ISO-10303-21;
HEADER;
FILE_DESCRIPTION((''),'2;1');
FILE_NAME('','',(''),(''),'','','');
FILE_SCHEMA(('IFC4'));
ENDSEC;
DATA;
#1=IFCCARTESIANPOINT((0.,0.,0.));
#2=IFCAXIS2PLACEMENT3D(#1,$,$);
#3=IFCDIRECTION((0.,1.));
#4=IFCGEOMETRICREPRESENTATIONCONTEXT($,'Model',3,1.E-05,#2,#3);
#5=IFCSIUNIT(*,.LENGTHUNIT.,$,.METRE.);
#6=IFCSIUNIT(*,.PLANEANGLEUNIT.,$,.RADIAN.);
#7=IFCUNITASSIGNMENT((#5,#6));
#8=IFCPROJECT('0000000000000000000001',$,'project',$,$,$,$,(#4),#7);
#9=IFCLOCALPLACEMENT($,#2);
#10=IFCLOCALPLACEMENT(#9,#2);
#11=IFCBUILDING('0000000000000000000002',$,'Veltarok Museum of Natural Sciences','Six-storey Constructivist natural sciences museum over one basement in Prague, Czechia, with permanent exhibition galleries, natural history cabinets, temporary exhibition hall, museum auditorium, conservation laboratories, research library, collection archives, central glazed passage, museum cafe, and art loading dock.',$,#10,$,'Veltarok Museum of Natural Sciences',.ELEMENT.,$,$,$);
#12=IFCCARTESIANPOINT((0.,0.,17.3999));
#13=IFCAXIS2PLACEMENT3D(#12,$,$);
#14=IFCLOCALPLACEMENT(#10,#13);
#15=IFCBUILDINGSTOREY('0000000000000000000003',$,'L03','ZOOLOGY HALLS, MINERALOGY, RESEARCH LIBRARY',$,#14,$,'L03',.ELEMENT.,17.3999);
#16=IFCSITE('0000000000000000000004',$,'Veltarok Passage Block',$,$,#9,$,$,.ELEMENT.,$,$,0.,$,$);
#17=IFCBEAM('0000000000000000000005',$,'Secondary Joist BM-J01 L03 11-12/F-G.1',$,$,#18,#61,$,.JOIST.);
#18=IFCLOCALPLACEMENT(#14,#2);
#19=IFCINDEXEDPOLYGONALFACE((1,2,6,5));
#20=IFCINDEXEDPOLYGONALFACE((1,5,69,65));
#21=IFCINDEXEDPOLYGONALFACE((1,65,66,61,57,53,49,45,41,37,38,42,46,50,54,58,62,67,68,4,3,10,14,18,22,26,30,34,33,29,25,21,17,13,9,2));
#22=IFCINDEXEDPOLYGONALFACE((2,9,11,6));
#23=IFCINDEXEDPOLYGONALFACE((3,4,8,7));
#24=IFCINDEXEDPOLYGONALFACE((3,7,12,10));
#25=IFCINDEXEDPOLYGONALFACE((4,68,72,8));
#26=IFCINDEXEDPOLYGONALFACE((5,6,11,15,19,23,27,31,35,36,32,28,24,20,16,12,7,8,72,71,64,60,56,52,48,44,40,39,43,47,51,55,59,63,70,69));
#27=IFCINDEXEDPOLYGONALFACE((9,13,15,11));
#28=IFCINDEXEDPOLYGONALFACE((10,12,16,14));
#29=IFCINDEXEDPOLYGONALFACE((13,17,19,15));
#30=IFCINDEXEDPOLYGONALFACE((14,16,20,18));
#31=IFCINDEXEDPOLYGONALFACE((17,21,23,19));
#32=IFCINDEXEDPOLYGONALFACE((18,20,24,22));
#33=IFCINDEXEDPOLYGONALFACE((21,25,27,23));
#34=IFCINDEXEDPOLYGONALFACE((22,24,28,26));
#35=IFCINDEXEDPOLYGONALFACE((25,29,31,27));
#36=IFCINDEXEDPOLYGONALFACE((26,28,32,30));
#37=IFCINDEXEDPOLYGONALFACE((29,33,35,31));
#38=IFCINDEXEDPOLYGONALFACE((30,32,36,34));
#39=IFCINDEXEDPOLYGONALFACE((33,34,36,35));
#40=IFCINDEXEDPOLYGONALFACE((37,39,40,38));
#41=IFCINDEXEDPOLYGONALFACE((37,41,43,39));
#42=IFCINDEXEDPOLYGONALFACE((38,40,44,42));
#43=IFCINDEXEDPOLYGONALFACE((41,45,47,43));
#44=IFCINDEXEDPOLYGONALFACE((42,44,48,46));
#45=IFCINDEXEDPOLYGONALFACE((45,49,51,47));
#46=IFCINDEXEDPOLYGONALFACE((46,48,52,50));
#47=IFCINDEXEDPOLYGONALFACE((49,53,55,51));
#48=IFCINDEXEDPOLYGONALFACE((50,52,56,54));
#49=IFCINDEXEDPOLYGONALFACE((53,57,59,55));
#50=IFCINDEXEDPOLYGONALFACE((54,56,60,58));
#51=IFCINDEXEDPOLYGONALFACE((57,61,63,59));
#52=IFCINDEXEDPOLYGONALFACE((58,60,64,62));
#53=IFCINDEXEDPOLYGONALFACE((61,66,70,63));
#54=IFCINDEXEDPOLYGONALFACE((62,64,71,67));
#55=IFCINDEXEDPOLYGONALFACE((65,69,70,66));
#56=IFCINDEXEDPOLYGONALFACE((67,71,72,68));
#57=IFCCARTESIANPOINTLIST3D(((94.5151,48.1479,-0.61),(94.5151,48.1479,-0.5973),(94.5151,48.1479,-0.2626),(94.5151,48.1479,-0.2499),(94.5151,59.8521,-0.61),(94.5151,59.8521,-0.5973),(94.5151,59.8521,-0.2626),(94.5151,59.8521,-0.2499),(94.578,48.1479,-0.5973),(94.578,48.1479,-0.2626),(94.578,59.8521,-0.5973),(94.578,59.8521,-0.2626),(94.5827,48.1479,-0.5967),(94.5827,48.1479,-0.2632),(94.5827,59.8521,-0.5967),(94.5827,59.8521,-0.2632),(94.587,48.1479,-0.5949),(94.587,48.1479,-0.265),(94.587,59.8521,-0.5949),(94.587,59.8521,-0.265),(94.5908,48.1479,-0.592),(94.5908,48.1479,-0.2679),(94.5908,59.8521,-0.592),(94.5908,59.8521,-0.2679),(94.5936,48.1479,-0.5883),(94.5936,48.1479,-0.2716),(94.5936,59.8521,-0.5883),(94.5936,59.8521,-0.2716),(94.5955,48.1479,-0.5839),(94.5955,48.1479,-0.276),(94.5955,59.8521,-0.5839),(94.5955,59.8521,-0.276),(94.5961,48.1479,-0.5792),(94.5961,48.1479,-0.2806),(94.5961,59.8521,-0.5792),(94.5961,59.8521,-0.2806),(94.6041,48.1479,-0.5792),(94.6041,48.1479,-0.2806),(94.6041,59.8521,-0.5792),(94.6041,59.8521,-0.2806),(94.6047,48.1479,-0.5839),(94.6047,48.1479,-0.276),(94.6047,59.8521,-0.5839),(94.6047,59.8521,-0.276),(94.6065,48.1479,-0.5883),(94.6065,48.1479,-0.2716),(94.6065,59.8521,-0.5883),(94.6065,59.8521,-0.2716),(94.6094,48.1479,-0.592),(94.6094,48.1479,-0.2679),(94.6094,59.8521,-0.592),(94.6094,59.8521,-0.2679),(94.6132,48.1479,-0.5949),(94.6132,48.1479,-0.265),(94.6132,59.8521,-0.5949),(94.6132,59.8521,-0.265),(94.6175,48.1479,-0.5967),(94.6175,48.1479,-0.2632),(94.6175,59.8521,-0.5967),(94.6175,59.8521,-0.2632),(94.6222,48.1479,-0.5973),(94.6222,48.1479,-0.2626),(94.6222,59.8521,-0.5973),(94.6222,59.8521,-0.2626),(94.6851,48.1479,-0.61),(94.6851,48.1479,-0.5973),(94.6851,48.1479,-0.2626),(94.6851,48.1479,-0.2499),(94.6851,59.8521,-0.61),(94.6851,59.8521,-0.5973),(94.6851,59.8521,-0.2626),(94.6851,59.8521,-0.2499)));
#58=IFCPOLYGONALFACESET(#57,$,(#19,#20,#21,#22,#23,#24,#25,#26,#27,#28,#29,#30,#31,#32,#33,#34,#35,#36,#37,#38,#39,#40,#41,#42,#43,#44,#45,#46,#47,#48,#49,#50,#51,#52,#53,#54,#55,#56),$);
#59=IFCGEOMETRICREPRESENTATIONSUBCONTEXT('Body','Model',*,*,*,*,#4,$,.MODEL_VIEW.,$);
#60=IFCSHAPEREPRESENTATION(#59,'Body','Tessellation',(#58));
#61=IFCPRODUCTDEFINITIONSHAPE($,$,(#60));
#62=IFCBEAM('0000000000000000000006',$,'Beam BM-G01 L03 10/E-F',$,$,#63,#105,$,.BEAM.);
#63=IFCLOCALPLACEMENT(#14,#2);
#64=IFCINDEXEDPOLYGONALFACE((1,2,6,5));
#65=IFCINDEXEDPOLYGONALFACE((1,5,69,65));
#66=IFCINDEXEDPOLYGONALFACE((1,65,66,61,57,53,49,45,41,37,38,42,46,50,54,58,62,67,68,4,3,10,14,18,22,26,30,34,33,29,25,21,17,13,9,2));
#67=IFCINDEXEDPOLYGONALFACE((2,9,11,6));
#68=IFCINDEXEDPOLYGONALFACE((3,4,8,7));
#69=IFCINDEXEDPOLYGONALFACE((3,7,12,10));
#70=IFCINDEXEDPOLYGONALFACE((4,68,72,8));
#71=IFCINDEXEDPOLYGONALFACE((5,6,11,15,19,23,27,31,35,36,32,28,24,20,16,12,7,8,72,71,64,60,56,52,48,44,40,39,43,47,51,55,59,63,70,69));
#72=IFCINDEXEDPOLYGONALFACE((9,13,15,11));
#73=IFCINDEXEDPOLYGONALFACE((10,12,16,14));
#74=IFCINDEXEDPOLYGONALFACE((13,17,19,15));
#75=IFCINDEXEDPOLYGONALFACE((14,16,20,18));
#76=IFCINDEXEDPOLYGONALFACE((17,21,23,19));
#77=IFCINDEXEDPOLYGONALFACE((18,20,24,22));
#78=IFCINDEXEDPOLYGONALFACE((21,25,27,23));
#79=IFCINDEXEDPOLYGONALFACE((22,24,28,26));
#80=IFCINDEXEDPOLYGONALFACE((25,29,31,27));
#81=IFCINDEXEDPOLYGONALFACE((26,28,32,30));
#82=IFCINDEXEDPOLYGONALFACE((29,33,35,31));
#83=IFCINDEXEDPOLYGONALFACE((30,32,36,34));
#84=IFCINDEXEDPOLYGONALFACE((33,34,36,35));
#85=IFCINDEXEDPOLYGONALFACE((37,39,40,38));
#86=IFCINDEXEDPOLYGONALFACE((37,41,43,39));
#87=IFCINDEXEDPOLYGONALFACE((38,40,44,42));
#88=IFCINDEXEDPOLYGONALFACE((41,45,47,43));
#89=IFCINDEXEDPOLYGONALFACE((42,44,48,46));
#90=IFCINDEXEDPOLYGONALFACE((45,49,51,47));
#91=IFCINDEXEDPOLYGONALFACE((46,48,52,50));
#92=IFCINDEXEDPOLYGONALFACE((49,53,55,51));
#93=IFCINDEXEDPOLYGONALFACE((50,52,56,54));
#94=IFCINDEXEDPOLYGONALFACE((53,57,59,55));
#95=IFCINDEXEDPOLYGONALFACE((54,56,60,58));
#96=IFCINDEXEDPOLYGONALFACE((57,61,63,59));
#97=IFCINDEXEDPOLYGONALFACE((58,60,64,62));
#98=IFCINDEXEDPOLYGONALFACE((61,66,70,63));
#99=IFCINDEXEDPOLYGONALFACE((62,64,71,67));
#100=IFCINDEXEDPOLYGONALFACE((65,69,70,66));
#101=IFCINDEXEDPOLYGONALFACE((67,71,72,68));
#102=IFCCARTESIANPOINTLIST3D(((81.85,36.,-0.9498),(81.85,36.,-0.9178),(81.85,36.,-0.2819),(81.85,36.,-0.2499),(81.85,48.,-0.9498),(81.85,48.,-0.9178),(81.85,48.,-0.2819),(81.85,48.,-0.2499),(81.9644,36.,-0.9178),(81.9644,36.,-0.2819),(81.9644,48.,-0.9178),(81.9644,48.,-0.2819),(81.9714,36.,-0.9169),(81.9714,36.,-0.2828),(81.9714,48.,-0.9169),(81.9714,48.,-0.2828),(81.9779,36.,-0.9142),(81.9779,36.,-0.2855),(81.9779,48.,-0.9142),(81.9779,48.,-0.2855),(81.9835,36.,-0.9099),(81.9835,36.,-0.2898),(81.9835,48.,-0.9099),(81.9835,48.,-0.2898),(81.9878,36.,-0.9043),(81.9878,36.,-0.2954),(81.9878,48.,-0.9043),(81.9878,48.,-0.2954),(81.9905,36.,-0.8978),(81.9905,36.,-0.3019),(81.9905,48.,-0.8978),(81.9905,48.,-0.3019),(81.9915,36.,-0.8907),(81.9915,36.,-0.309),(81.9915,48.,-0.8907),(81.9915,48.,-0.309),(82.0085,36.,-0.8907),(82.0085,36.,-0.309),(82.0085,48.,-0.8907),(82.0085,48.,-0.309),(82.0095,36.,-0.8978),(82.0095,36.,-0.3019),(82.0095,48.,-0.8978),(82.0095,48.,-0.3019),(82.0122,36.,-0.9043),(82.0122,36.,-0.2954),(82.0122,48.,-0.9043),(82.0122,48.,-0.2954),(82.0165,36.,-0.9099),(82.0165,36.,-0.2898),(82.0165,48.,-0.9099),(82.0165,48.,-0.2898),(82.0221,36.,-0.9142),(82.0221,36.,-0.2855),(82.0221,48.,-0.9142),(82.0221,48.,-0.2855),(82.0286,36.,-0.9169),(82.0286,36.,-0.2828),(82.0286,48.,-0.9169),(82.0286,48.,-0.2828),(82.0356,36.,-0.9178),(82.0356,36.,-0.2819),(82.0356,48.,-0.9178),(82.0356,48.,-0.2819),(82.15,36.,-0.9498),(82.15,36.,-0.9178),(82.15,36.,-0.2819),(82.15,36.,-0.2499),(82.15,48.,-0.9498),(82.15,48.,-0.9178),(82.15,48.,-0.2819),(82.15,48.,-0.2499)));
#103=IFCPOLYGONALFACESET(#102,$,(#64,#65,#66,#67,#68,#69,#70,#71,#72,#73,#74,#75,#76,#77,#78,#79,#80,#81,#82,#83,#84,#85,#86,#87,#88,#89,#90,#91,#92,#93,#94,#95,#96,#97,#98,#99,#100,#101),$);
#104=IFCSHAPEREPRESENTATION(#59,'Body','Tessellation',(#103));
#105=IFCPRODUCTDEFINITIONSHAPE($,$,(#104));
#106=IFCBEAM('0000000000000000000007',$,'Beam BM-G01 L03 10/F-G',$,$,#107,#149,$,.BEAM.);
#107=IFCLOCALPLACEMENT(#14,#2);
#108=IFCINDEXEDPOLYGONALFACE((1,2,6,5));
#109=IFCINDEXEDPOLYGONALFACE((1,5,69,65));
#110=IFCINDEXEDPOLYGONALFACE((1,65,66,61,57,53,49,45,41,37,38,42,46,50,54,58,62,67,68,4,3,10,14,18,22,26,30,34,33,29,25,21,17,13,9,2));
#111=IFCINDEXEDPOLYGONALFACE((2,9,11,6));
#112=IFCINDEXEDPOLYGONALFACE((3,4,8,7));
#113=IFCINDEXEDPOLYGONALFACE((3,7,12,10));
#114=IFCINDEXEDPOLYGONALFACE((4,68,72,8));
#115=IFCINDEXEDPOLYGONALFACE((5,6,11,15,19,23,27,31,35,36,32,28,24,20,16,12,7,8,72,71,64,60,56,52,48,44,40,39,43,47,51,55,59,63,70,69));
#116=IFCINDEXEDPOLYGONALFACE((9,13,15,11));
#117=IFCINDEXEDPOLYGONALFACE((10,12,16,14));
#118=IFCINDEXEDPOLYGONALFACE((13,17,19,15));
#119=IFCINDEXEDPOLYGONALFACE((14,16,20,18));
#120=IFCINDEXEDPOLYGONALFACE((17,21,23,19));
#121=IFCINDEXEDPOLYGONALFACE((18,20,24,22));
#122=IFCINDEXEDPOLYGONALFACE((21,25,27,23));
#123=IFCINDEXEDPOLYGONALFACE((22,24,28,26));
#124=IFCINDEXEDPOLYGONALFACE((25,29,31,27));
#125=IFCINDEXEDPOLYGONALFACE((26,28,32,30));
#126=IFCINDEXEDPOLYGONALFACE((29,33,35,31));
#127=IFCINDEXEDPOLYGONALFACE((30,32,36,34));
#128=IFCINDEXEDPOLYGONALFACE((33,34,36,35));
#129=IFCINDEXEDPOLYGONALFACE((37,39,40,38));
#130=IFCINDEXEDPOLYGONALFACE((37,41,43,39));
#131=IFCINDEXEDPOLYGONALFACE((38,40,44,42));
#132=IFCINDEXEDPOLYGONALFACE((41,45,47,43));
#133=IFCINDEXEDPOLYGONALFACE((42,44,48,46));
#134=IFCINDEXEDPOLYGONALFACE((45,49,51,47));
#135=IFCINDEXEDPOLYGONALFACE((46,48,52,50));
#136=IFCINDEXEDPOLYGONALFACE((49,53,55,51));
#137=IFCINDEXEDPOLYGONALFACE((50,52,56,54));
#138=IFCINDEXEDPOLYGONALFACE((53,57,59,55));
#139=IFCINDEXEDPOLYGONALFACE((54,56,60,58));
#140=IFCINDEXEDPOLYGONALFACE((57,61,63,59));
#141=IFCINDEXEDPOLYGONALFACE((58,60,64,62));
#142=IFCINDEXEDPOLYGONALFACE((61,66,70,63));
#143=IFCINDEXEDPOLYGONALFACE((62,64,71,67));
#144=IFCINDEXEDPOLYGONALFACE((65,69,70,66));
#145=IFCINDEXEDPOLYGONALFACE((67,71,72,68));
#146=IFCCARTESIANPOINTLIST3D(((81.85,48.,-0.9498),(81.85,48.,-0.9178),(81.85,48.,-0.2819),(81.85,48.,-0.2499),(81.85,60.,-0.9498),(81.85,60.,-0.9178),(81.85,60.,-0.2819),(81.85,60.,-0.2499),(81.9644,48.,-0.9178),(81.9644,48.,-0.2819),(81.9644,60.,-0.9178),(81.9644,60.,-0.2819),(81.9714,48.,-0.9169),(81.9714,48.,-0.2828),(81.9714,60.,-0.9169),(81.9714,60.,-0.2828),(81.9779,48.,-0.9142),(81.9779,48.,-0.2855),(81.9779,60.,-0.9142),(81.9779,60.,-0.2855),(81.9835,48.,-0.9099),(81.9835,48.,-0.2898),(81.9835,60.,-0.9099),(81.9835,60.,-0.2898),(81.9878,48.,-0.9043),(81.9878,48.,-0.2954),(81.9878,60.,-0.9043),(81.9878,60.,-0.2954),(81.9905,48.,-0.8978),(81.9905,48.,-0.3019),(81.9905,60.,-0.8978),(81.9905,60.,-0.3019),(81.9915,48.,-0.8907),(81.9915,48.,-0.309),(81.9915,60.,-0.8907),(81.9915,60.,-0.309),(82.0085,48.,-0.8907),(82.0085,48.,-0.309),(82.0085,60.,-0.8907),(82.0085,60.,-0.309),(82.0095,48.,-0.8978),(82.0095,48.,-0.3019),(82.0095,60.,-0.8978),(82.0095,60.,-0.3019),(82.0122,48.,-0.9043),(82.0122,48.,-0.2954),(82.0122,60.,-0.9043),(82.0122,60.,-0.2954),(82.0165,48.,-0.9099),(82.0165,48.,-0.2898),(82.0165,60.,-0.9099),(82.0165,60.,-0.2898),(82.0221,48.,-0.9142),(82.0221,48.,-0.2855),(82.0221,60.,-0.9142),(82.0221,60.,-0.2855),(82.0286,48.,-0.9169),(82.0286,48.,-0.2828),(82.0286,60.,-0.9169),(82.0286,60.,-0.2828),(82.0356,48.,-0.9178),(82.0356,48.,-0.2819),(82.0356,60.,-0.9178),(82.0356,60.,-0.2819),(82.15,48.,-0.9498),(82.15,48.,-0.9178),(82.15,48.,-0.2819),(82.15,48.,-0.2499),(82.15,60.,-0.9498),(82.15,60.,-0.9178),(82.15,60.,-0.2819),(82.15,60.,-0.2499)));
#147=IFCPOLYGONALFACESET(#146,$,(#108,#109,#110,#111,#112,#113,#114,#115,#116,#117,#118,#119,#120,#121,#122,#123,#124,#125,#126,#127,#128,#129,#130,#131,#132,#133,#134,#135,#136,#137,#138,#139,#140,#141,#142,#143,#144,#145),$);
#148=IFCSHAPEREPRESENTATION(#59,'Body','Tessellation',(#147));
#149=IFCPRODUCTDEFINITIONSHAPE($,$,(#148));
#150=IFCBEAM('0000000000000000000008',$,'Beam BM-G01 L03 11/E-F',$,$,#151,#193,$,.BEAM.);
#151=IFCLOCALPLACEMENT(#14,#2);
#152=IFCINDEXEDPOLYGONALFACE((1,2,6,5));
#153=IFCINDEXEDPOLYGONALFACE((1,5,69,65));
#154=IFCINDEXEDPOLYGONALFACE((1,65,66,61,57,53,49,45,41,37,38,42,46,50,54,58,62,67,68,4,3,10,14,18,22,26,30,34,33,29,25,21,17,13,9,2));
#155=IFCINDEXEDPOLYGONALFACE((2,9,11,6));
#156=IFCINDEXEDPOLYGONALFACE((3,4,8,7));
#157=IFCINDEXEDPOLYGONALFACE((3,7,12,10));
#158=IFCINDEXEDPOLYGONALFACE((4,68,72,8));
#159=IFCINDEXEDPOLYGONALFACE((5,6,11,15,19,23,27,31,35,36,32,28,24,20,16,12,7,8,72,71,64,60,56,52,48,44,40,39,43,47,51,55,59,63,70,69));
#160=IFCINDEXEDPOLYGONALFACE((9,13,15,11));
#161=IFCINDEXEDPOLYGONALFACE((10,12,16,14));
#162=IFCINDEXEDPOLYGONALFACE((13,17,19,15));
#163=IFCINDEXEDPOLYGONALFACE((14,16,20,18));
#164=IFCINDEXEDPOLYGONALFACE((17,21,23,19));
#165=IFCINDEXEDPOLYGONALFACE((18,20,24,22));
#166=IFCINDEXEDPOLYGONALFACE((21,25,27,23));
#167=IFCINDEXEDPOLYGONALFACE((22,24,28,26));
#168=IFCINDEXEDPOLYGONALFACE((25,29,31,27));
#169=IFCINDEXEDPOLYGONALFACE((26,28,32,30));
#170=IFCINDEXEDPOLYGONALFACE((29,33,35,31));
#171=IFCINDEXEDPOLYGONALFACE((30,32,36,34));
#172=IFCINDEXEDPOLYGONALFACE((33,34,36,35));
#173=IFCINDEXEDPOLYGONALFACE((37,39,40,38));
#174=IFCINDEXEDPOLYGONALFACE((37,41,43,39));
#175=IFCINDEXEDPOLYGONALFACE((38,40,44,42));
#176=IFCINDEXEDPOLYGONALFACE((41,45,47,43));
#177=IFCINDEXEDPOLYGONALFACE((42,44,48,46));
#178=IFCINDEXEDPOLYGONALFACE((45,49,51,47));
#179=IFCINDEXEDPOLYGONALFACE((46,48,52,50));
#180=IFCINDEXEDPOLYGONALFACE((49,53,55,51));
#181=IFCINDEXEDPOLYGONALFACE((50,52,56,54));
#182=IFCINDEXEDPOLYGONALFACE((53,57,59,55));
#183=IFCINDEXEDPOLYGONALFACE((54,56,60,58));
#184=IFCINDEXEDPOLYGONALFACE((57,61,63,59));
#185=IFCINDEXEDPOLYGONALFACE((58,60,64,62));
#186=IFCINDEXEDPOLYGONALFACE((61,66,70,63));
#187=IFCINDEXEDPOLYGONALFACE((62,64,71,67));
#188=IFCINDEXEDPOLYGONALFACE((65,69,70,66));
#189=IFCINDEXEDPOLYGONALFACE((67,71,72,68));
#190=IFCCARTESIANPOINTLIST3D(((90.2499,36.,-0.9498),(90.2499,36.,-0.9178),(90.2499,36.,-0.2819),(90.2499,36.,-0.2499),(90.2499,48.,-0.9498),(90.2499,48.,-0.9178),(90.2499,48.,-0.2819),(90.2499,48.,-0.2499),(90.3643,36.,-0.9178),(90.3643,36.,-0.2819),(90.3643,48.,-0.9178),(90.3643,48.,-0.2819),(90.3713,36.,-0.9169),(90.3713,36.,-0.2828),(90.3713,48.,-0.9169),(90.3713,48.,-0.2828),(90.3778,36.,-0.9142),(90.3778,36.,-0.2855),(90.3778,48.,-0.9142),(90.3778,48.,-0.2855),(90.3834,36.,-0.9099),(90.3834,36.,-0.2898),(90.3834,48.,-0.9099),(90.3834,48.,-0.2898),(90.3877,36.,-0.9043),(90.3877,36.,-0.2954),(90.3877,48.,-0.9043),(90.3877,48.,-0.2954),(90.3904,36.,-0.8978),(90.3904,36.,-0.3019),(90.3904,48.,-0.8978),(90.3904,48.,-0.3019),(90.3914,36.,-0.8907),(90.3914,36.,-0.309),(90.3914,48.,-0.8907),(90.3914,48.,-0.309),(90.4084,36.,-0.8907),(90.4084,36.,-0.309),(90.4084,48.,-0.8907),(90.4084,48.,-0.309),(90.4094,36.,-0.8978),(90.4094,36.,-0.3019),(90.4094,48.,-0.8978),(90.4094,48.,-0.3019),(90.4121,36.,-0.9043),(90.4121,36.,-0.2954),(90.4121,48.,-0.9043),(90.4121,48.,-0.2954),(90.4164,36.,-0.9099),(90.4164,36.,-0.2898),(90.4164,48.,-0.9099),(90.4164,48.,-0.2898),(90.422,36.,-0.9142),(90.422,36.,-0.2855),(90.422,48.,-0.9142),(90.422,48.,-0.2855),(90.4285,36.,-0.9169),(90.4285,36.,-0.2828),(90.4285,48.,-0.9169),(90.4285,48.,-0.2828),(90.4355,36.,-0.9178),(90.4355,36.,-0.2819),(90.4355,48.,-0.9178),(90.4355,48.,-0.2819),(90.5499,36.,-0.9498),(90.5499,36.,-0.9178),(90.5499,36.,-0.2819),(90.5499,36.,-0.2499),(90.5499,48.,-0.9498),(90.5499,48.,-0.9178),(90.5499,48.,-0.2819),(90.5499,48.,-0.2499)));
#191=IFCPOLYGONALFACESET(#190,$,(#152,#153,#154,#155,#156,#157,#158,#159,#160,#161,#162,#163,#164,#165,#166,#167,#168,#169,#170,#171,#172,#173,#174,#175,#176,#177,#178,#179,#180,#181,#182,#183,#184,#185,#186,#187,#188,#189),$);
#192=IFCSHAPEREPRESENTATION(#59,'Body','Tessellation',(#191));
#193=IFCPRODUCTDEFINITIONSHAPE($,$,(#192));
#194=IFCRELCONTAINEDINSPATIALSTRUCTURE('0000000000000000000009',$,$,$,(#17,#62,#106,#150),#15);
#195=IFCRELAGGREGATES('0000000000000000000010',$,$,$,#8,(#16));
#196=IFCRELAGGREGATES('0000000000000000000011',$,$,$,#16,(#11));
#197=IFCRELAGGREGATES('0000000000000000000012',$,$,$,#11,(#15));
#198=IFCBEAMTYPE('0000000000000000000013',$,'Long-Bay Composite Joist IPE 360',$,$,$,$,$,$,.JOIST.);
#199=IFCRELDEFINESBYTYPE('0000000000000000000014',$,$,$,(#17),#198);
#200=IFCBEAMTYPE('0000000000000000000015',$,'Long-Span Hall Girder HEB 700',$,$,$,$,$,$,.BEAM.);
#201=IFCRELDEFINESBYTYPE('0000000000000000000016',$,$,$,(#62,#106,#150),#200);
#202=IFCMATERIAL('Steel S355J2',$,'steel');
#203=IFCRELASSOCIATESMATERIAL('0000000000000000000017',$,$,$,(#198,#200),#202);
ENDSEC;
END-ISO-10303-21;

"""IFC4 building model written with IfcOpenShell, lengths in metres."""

from ifc_helpers import new_model, si_unit, direction, frame, origin, origin_2d, place, context, subcontext, project, spatial, i_section, extrude, material, material_profile, profile_set, type_object, element, save


model = new_model("IFC4")

# Units and contexts
model_context = context("Model", 3, precision=1e-05, world=origin(), true_north=direction((0.0, 1.0)))
body_context = subcontext(model_context, "Body", "Model", "MODEL_VIEW")
ifc_project = project(units=[si_unit("LENGTHUNIT", "METRE"), si_unit("PLANEANGLEUNIT", "RADIAN")], contexts=[model_context])

# Site, building, storey
site_placement = place(None, origin())
site = spatial("IfcSite", under=ifc_project, at=site_placement, Name="Veltarok Passage Block", CompositionType="ELEMENT", RefElevation=0.0)
building_placement = place(site_placement, origin())
building = spatial("IfcBuilding", under=site, at=building_placement, Name="Veltarok Museum of Natural Sciences", Description="Six-storey Constructivist natural sciences museum over one basement in Prague, Czechia, with permanent exhibition galleries, natural history cabinets, temporary exhibition hall, museum auditorium, conservation laboratories, research library, collection archives, central glazed passage, museum cafe, and art loading dock.", LongName="Veltarok Museum of Natural Sciences", CompositionType="ELEMENT")
storey_placement = place(building_placement, frame((0.0, 0.0, 17.3999)))
storey = spatial("IfcBuildingStorey", under=building, at=storey_placement, Name="L03", Description="ZOOLOGY HALLS, MINERALOGY, RESEARCH LIBRARY", LongName="L03", CompositionType="ELEMENT", Elevation=17.3999)

# Shared definitions
ifc_material_1 = material(Name="Steel S355J2", Category="steel")

# Beams
ifc_material_profile_1 = material_profile(ifc_material_1, i_section(OverallWidth=0.1699, OverallDepth=0.3601, WebThickness=0.0081, FlangeThickness=0.0127, FilletRadius=0.0181, at=origin_2d()), Name="IPE 360")
ifc_profile_set_1 = profile_set([ifc_material_profile_1], Name="Steel S355J2")
beam_type_1 = type_object("IfcBeamType", Name="Long-Bay Composite Joist IPE 360", PredefinedType="JOIST", material=ifc_profile_set_1)
for number, where, z_axis, x_axis, name in (
    (1, (94.6001, 48.1479, -0.4299), (0.0, 1.0, 0.0), (-1.0, 0.0, 0.0), "Secondary Joist BM-J01 L03 11-12/F-G.1"),
):
    element("IfcBeam", number, at=place(storey_placement, frame(where, z_axis=z_axis, x_axis=x_axis)), inside=storey, type_object=beam_type_1, Name=name, PredefinedType="JOIST", context=body_context, shape_type="SweptSolid", body=[
        extrude(i_section(OverallWidth=0.1699, OverallDepth=0.3601, WebThickness=0.0081, FlangeThickness=0.0127, FilletRadius=0.0181, at=origin_2d()), origin(), (0.0, 0.0, 1.0), 11.7041),
    ])
ifc_material_profile_2 = material_profile(ifc_material_1, i_section(OverallWidth=0.3, OverallDepth=0.7, WebThickness=0.0171, FlangeThickness=0.032, FilletRadius=0.0271, at=origin_2d()), Name="HEB 700")
ifc_profile_set_2 = profile_set([ifc_material_profile_2], Name="Steel S355J2")
beam_type_2 = type_object("IfcBeamType", Name="Long-Span Hall Girder HEB 700", PredefinedType="BEAM", material=ifc_profile_set_2)
for number, where, z_axis, x_axis, name in (
    (2, (82.0, 36.0, -0.5999), (0.0, 1.0, 0.0), (-1.0, 0.0, 0.0), "Beam BM-G01 L03 10/E-F"),
    (3, (82.0, 48.0, -0.5999), (0.0, 1.0, 0.0), (-1.0, 0.0, 0.0), "Beam BM-G01 L03 10/F-G"),
    (4, (90.3999, 36.0, -0.5999), (0.0, 1.0, 0.0), (-1.0, 0.0, 0.0), "Beam BM-G01 L03 11/E-F"),
):
    element("IfcBeam", number, at=place(storey_placement, frame(where, z_axis=z_axis, x_axis=x_axis)), inside=storey, type_object=beam_type_2, Name=name, PredefinedType="BEAM", context=body_context, shape_type="SweptSolid", body=[
        extrude(i_section(OverallWidth=0.3, OverallDepth=0.7, WebThickness=0.0171, FlangeThickness=0.032, FilletRadius=0.0271, at=origin_2d()), origin(), (0.0, 0.0, 1.0), 12.0),
    ])

save(model, "model.ifc")
